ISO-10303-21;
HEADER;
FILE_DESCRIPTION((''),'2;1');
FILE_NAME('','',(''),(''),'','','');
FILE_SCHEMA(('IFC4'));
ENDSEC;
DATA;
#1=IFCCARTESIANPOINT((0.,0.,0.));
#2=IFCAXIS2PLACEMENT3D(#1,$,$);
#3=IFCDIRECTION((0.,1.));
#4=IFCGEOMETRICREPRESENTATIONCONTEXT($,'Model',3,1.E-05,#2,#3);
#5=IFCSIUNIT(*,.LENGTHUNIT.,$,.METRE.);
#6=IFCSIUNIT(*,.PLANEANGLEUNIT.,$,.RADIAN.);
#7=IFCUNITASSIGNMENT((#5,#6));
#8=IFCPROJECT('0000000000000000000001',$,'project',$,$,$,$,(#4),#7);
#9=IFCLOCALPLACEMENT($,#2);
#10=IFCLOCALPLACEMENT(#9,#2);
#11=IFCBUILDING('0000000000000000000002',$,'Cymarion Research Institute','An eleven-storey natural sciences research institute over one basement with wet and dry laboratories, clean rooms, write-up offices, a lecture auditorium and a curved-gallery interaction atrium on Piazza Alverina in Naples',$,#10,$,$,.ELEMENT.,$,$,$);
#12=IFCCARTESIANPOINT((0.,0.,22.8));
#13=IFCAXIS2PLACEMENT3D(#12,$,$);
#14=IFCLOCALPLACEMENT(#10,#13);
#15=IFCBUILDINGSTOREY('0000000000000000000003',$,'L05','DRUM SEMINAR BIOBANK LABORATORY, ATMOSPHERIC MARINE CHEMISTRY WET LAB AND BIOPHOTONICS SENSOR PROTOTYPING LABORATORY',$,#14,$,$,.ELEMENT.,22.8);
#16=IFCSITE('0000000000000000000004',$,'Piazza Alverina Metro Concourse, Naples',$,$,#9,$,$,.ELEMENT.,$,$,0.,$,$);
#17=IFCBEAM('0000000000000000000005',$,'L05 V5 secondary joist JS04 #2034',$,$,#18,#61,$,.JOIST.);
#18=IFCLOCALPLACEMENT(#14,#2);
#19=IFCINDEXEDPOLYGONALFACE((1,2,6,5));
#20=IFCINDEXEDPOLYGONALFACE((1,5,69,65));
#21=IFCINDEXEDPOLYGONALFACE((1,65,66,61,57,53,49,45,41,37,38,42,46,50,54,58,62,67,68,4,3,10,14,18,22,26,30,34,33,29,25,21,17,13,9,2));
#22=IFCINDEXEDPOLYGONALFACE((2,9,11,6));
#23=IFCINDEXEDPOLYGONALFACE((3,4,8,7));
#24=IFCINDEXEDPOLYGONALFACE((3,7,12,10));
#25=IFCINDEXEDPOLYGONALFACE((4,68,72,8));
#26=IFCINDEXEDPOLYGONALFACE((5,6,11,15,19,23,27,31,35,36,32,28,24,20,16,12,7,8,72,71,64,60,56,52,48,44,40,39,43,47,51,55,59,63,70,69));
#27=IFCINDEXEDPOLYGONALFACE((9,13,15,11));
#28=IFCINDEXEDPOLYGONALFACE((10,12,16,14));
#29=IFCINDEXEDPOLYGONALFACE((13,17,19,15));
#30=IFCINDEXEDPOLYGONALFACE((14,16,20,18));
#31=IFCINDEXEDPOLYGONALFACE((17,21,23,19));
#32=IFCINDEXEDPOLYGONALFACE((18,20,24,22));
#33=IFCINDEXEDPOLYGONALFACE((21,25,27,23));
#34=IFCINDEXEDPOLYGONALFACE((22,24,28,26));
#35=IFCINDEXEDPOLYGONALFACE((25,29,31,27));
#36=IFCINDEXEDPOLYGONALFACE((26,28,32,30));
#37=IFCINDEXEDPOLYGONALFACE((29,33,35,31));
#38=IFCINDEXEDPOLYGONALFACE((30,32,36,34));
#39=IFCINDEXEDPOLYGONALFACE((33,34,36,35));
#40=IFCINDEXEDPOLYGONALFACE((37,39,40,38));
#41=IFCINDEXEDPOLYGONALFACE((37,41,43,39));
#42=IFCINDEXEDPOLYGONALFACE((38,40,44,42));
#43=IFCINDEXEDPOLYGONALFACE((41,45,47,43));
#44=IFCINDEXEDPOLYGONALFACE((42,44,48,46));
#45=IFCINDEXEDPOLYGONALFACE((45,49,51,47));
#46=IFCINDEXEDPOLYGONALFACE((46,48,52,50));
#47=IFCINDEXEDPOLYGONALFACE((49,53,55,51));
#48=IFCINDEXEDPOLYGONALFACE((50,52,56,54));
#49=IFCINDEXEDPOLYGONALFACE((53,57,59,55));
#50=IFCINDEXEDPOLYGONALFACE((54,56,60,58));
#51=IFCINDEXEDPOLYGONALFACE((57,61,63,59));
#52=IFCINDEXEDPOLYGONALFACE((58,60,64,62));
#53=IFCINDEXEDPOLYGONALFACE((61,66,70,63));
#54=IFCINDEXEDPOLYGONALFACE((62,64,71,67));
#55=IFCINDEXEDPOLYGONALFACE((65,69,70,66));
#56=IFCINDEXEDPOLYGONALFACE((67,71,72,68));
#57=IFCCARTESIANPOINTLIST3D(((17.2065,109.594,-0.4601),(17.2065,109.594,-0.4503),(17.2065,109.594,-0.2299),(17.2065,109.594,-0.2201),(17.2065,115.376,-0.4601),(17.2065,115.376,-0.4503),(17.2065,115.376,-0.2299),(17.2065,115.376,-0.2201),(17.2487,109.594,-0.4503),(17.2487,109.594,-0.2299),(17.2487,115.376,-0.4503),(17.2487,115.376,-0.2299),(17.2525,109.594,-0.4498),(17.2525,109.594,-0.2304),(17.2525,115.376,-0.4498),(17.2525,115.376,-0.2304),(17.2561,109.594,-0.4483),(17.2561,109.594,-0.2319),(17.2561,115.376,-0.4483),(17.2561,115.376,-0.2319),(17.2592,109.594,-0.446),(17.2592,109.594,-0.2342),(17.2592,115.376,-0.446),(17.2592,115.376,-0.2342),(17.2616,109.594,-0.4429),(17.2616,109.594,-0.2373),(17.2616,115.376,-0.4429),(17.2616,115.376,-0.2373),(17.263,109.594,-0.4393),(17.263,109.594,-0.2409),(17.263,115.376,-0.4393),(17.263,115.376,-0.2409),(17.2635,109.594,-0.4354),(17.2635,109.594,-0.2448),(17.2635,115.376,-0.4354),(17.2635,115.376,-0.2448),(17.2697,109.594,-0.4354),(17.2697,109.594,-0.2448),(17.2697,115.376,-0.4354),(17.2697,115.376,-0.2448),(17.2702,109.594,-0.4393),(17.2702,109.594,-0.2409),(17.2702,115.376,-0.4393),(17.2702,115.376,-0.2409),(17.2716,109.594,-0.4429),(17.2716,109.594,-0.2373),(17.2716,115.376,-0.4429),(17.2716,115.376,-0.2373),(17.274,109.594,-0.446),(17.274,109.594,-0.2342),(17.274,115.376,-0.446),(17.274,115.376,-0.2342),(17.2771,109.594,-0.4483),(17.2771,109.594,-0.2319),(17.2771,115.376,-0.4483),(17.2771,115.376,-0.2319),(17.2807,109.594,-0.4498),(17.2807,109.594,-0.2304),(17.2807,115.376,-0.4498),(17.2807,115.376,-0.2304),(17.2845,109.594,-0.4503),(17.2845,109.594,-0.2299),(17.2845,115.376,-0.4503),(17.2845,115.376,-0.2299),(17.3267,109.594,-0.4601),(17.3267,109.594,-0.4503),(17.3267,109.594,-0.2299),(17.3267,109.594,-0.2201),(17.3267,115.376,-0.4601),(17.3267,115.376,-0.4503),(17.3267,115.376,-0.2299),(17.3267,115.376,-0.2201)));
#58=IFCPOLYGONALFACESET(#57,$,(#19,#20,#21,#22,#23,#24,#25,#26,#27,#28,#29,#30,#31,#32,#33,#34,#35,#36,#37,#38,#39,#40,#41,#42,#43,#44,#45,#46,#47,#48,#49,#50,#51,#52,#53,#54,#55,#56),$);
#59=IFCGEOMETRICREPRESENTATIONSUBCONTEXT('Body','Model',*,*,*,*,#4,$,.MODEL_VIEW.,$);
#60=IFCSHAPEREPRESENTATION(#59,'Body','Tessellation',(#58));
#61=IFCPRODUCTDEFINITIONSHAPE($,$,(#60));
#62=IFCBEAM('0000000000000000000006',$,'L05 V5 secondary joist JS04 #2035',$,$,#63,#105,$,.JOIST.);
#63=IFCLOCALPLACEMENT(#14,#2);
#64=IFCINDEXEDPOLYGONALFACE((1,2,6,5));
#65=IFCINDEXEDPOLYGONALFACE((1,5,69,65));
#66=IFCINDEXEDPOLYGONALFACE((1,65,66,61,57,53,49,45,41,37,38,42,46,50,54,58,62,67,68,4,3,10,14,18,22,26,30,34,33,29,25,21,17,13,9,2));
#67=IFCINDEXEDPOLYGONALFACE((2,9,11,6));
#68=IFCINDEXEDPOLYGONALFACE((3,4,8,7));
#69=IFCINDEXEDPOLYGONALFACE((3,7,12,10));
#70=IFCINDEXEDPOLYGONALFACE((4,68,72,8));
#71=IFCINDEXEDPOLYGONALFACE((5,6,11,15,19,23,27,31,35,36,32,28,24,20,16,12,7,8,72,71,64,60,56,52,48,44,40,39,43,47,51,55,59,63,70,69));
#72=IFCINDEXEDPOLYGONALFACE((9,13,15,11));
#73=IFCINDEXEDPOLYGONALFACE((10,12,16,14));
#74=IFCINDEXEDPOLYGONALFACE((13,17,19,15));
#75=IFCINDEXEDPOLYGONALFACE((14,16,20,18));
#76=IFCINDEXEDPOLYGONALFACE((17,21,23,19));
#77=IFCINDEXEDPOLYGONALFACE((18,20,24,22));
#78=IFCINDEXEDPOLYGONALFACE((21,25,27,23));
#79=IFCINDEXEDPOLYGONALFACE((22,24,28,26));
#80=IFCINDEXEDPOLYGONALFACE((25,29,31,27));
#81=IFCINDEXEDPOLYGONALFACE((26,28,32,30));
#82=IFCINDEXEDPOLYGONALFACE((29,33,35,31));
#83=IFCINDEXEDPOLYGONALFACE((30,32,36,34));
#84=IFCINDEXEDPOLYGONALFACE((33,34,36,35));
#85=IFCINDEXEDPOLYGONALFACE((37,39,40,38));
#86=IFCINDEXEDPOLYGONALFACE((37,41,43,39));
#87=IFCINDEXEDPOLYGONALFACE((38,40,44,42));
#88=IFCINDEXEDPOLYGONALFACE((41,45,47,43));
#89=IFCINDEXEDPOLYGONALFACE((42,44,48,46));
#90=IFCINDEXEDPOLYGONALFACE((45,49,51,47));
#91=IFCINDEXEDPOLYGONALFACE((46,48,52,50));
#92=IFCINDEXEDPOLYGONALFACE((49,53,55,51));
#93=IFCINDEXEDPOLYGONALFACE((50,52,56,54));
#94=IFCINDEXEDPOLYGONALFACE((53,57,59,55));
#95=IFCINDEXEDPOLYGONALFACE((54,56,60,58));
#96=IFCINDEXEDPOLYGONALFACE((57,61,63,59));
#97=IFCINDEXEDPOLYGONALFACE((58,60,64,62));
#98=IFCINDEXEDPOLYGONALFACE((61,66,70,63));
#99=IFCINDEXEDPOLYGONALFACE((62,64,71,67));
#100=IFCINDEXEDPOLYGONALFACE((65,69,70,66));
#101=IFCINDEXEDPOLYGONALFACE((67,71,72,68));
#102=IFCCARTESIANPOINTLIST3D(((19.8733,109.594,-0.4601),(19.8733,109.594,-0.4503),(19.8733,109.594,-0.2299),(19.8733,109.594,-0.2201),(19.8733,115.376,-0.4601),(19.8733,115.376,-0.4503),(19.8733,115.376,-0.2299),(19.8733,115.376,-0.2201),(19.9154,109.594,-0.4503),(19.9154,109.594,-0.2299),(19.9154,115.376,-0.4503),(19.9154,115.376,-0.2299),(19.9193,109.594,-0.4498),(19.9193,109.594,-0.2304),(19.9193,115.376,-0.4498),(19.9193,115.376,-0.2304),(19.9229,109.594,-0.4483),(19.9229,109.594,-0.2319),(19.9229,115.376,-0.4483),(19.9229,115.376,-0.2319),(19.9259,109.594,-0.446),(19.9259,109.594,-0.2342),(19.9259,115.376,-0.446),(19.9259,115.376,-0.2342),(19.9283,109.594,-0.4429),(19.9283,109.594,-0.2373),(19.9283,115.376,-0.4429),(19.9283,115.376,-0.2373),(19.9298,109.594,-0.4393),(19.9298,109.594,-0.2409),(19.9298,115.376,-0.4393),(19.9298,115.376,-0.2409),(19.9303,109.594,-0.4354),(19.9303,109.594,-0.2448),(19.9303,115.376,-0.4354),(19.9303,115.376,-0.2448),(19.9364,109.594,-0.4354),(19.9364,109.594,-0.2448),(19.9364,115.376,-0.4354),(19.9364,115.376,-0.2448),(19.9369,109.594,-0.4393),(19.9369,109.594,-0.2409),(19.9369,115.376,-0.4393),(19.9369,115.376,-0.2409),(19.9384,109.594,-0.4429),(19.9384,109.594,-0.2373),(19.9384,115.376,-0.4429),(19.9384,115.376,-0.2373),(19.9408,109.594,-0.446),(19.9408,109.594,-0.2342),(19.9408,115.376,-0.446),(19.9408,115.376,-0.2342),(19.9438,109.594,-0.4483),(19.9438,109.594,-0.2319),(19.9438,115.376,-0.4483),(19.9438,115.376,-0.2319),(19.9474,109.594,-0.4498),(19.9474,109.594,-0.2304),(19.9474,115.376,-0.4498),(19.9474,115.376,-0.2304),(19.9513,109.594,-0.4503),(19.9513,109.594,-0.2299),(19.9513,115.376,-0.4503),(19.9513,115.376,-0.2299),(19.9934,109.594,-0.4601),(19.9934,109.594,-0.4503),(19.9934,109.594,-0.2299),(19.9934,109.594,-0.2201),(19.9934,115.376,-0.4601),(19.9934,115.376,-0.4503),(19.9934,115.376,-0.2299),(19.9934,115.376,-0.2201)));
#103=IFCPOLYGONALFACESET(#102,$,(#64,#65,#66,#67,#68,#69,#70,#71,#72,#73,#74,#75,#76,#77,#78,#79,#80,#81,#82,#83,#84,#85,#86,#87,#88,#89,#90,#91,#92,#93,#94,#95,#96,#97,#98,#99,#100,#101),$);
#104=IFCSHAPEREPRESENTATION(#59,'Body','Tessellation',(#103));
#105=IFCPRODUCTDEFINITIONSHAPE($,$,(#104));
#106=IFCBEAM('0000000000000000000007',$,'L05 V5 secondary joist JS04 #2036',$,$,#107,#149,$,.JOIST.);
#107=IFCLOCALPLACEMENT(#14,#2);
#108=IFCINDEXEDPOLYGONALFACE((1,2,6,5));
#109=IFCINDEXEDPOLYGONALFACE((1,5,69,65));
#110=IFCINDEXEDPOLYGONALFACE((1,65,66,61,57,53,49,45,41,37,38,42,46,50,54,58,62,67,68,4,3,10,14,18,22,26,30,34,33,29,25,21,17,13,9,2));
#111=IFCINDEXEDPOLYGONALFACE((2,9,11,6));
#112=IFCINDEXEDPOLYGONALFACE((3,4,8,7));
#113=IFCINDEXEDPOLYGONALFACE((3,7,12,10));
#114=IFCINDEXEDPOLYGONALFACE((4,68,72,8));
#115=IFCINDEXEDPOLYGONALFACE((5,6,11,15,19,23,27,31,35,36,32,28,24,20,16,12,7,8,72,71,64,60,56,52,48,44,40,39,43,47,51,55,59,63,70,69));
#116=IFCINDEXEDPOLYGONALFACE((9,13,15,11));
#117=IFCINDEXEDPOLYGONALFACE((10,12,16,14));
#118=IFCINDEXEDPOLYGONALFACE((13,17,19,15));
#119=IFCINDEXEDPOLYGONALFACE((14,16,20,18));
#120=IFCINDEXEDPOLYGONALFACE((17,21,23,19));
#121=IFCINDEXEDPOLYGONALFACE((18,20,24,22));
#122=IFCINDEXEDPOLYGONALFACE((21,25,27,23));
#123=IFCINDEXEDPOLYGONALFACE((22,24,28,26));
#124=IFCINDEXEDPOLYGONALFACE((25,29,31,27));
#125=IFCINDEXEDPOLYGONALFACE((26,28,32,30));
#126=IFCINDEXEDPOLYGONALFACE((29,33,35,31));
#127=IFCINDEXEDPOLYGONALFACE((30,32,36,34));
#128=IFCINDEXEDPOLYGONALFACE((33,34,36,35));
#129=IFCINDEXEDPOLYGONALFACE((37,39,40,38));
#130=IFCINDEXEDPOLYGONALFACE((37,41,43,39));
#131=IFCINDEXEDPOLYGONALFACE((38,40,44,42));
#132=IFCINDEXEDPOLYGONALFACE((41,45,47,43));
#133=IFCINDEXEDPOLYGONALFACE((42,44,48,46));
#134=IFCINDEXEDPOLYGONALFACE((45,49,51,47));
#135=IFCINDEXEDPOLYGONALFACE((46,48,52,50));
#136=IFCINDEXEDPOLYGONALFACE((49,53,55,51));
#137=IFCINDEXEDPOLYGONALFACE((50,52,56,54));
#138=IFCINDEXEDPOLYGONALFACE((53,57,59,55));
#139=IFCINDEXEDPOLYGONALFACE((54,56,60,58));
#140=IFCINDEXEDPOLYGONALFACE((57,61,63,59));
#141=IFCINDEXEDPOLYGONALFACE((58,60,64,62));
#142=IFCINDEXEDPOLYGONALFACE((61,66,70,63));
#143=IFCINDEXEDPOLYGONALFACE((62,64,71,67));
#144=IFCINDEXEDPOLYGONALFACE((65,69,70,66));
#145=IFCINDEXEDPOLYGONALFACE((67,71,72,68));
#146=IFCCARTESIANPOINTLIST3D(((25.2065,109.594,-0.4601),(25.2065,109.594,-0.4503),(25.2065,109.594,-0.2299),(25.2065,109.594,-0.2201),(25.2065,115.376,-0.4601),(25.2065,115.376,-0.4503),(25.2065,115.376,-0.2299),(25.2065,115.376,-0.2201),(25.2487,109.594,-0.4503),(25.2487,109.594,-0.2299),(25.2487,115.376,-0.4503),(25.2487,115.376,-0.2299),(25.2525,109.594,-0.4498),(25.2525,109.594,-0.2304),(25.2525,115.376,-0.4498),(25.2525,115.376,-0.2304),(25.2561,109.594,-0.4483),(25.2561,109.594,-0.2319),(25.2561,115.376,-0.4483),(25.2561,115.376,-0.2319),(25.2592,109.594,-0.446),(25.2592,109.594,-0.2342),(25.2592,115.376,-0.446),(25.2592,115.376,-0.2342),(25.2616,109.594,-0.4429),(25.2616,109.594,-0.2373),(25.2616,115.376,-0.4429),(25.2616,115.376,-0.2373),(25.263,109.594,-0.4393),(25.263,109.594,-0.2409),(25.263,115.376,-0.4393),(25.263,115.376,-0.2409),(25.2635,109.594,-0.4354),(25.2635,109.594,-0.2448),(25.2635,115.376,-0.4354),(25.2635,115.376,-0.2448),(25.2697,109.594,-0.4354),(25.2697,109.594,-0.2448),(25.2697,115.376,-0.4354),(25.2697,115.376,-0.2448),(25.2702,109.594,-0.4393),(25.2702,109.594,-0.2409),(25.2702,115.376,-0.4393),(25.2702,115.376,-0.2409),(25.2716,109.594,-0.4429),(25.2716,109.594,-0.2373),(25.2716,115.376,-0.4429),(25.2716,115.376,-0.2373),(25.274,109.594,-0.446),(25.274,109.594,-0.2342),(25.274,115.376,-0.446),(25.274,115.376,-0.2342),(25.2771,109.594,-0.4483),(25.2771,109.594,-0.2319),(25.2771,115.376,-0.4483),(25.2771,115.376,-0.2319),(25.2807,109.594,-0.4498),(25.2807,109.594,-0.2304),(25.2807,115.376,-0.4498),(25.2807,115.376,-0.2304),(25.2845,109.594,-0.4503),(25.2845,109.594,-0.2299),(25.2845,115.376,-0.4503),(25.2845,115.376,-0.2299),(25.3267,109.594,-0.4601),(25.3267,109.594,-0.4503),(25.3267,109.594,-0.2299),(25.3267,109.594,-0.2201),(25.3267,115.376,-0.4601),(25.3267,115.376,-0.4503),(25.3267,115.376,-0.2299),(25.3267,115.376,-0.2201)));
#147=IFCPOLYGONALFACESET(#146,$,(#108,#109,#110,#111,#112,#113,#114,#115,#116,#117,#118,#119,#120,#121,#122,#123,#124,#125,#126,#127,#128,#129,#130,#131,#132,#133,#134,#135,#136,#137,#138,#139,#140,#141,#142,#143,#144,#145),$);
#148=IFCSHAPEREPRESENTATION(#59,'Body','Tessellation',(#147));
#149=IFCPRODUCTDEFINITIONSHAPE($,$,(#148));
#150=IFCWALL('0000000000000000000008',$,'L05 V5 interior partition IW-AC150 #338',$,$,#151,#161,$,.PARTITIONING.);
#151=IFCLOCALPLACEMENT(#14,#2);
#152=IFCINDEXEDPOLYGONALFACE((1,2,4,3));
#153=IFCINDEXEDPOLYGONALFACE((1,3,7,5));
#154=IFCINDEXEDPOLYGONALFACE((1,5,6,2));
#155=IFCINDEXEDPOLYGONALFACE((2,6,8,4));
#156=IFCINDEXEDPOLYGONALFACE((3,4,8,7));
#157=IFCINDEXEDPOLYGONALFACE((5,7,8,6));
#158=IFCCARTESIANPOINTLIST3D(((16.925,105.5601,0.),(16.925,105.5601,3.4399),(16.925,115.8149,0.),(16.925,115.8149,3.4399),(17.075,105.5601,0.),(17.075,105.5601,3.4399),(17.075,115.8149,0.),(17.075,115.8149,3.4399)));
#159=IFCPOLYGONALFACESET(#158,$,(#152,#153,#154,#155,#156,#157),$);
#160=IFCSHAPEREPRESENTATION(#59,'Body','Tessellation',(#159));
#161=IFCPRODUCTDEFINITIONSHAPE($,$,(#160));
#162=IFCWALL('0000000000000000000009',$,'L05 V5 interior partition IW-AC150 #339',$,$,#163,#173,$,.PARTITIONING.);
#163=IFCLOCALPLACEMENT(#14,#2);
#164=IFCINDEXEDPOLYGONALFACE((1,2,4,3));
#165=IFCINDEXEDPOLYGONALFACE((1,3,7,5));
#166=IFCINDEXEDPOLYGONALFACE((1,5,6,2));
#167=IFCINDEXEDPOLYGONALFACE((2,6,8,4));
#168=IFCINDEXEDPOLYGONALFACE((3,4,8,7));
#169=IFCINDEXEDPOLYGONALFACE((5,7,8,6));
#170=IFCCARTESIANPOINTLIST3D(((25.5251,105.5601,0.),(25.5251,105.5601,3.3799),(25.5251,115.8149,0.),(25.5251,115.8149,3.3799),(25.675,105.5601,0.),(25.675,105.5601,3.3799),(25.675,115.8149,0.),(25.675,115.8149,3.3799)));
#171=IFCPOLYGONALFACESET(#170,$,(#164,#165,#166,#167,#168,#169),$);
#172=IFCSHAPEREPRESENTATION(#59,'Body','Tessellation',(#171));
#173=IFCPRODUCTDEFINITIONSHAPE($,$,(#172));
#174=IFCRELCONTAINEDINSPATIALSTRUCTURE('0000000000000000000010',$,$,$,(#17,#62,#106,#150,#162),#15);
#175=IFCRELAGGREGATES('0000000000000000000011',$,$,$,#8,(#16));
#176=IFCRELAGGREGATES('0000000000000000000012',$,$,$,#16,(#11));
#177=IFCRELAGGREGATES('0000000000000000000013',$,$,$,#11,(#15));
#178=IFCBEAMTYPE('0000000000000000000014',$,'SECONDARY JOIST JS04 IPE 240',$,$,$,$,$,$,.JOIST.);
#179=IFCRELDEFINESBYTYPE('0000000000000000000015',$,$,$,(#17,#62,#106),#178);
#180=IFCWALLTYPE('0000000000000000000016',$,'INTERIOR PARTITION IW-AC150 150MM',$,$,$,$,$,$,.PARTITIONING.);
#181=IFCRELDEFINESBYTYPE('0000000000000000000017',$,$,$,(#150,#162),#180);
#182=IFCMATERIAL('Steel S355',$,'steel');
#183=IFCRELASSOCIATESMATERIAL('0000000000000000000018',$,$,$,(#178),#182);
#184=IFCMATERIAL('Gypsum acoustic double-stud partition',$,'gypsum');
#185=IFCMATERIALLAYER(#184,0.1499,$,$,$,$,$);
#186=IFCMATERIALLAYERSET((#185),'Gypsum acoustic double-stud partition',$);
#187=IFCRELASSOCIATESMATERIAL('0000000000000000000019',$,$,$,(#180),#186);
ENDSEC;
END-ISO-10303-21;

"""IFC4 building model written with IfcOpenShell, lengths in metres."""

from ifc_helpers import new_model, si_unit, direction, frame, frame_2d, origin, origin_2d, place, context, subcontext, project, spatial, rectangle, i_section, extrude, material, layer, layer_set, material_profile, profile_set, type_object, element, save


model = new_model("IFC4")

# Units and contexts
model_context = context("Model", 3, precision=1e-05, world=origin(), true_north=direction((0.0, 1.0)))
body_context = subcontext(model_context, "Body", "Model", "MODEL_VIEW")
ifc_project = project(units=[si_unit("LENGTHUNIT", "METRE"), si_unit("PLANEANGLEUNIT", "RADIAN")], contexts=[model_context])

# Site, building, storey
site_placement = place(None, origin())
site = spatial("IfcSite", under=ifc_project, at=site_placement, Name="Piazza Alverina Metro Concourse, Naples", CompositionType="ELEMENT", RefElevation=0.0)
building_placement = place(site_placement, origin())
building = spatial("IfcBuilding", under=site, at=building_placement, Name="Cymarion Research Institute", Description="An eleven-storey natural sciences research institute over one basement with wet and dry laboratories, clean rooms, write-up offices, a lecture auditorium and a curved-gallery interaction atrium on Piazza Alverina in Naples", CompositionType="ELEMENT")
storey_placement = place(building_placement, frame((0.0, 0.0, 22.8)))
storey = spatial("IfcBuildingStorey", under=building, at=storey_placement, Name="L05", Description="DRUM SEMINAR BIOBANK LABORATORY, ATMOSPHERIC MARINE CHEMISTRY WET LAB AND BIOPHOTONICS SENSOR PROTOTYPING LABORATORY", CompositionType="ELEMENT", Elevation=22.8)

# Shared definitions
ifc_material_1 = material(Name="Steel S355", Category="steel")

# Beams
ifc_material_profile_1 = material_profile(ifc_material_1, i_section(OverallWidth=0.1201, OverallDepth=0.24, WebThickness=0.0061, FlangeThickness=0.0098, FilletRadius=0.0149, at=origin_2d()), Name="IPE 240")
ifc_profile_set_1 = profile_set([ifc_material_profile_1], Name="Steel S355")
beam_type_1 = type_object("IfcBeamType", Name="SECONDARY JOIST JS04 IPE 240", PredefinedType="JOIST", material=ifc_profile_set_1)
for number, where, z_axis, x_axis, name in (
    (1, (17.2666, 109.594, -0.3401), (0.0, 1.0, 0.0), (-1.0, 0.0, 0.0), "L05 V5 secondary joist JS04 #2034"),
    (2, (19.9333, 109.594, -0.3401), (0.0, 1.0, 0.0), (-1.0, 0.0, 0.0), "L05 V5 secondary joist JS04 #2035"),
    (3, (25.2666, 109.594, -0.3401), (0.0, 1.0, 0.0), (-1.0, 0.0, 0.0), "L05 V5 secondary joist JS04 #2036"),
):
    element("IfcBeam", number, at=place(storey_placement, frame(where, z_axis=z_axis, x_axis=x_axis)), inside=storey, type_object=beam_type_1, Name=name, PredefinedType="JOIST", context=body_context, shape_type="SweptSolid", body=[
        extrude(i_section(OverallWidth=0.1201, OverallDepth=0.24, WebThickness=0.0061, FlangeThickness=0.0098, FilletRadius=0.0149, at=origin_2d()), origin(), (0.0, 0.0, 1.0), 5.782),
    ])

# Walls
ifc_material_2 = material(Name="Gypsum acoustic double-stud partition", Category="gypsum")
ifc_layer_1 = layer(ifc_material_2, 0.1499)
ifc_layer_set_1 = layer_set([ifc_layer_1], Name="Gypsum acoustic double-stud partition")
wall_type_1 = type_object("IfcWallType", Name="INTERIOR PARTITION IW-AC150 150MM", PredefinedType="PARTITIONING", material=ifc_layer_set_1)
wall_1_placement = place(storey_placement, frame((17.0, 105.5601, 0.0), z_axis=(0.0, 0.0, 1.0), x_axis=(0.0, 1.0, 0.0)))
element("IfcWall", 4, at=wall_1_placement, inside=storey, type_object=wall_type_1, Name="L05 V5 interior partition IW-AC150 #338", PredefinedType="PARTITIONING", context=body_context, shape_type="SweptSolid", body=[
    extrude(rectangle(XDim=10.2549, YDim=0.1499, at=frame_2d((5.1274, 0.0))), origin(), (0.0, 0.0, 1.0), 3.4399),
])
wall_2_placement = place(storey_placement, frame((25.6001, 105.5601, 0.0), z_axis=(0.0, 0.0, 1.0), x_axis=(0.0, 1.0, 0.0)))
element("IfcWall", 5, at=wall_2_placement, inside=storey, type_object=wall_type_1, Name="L05 V5 interior partition IW-AC150 #339", PredefinedType="PARTITIONING", context=body_context, shape_type="SweptSolid", body=[
    extrude(rectangle(XDim=10.2549, YDim=0.1499, at=frame_2d((5.1274, 0.0))), origin(), (0.0, 0.0, 1.0), 3.3799),
])

save(model, "model.ifc")
